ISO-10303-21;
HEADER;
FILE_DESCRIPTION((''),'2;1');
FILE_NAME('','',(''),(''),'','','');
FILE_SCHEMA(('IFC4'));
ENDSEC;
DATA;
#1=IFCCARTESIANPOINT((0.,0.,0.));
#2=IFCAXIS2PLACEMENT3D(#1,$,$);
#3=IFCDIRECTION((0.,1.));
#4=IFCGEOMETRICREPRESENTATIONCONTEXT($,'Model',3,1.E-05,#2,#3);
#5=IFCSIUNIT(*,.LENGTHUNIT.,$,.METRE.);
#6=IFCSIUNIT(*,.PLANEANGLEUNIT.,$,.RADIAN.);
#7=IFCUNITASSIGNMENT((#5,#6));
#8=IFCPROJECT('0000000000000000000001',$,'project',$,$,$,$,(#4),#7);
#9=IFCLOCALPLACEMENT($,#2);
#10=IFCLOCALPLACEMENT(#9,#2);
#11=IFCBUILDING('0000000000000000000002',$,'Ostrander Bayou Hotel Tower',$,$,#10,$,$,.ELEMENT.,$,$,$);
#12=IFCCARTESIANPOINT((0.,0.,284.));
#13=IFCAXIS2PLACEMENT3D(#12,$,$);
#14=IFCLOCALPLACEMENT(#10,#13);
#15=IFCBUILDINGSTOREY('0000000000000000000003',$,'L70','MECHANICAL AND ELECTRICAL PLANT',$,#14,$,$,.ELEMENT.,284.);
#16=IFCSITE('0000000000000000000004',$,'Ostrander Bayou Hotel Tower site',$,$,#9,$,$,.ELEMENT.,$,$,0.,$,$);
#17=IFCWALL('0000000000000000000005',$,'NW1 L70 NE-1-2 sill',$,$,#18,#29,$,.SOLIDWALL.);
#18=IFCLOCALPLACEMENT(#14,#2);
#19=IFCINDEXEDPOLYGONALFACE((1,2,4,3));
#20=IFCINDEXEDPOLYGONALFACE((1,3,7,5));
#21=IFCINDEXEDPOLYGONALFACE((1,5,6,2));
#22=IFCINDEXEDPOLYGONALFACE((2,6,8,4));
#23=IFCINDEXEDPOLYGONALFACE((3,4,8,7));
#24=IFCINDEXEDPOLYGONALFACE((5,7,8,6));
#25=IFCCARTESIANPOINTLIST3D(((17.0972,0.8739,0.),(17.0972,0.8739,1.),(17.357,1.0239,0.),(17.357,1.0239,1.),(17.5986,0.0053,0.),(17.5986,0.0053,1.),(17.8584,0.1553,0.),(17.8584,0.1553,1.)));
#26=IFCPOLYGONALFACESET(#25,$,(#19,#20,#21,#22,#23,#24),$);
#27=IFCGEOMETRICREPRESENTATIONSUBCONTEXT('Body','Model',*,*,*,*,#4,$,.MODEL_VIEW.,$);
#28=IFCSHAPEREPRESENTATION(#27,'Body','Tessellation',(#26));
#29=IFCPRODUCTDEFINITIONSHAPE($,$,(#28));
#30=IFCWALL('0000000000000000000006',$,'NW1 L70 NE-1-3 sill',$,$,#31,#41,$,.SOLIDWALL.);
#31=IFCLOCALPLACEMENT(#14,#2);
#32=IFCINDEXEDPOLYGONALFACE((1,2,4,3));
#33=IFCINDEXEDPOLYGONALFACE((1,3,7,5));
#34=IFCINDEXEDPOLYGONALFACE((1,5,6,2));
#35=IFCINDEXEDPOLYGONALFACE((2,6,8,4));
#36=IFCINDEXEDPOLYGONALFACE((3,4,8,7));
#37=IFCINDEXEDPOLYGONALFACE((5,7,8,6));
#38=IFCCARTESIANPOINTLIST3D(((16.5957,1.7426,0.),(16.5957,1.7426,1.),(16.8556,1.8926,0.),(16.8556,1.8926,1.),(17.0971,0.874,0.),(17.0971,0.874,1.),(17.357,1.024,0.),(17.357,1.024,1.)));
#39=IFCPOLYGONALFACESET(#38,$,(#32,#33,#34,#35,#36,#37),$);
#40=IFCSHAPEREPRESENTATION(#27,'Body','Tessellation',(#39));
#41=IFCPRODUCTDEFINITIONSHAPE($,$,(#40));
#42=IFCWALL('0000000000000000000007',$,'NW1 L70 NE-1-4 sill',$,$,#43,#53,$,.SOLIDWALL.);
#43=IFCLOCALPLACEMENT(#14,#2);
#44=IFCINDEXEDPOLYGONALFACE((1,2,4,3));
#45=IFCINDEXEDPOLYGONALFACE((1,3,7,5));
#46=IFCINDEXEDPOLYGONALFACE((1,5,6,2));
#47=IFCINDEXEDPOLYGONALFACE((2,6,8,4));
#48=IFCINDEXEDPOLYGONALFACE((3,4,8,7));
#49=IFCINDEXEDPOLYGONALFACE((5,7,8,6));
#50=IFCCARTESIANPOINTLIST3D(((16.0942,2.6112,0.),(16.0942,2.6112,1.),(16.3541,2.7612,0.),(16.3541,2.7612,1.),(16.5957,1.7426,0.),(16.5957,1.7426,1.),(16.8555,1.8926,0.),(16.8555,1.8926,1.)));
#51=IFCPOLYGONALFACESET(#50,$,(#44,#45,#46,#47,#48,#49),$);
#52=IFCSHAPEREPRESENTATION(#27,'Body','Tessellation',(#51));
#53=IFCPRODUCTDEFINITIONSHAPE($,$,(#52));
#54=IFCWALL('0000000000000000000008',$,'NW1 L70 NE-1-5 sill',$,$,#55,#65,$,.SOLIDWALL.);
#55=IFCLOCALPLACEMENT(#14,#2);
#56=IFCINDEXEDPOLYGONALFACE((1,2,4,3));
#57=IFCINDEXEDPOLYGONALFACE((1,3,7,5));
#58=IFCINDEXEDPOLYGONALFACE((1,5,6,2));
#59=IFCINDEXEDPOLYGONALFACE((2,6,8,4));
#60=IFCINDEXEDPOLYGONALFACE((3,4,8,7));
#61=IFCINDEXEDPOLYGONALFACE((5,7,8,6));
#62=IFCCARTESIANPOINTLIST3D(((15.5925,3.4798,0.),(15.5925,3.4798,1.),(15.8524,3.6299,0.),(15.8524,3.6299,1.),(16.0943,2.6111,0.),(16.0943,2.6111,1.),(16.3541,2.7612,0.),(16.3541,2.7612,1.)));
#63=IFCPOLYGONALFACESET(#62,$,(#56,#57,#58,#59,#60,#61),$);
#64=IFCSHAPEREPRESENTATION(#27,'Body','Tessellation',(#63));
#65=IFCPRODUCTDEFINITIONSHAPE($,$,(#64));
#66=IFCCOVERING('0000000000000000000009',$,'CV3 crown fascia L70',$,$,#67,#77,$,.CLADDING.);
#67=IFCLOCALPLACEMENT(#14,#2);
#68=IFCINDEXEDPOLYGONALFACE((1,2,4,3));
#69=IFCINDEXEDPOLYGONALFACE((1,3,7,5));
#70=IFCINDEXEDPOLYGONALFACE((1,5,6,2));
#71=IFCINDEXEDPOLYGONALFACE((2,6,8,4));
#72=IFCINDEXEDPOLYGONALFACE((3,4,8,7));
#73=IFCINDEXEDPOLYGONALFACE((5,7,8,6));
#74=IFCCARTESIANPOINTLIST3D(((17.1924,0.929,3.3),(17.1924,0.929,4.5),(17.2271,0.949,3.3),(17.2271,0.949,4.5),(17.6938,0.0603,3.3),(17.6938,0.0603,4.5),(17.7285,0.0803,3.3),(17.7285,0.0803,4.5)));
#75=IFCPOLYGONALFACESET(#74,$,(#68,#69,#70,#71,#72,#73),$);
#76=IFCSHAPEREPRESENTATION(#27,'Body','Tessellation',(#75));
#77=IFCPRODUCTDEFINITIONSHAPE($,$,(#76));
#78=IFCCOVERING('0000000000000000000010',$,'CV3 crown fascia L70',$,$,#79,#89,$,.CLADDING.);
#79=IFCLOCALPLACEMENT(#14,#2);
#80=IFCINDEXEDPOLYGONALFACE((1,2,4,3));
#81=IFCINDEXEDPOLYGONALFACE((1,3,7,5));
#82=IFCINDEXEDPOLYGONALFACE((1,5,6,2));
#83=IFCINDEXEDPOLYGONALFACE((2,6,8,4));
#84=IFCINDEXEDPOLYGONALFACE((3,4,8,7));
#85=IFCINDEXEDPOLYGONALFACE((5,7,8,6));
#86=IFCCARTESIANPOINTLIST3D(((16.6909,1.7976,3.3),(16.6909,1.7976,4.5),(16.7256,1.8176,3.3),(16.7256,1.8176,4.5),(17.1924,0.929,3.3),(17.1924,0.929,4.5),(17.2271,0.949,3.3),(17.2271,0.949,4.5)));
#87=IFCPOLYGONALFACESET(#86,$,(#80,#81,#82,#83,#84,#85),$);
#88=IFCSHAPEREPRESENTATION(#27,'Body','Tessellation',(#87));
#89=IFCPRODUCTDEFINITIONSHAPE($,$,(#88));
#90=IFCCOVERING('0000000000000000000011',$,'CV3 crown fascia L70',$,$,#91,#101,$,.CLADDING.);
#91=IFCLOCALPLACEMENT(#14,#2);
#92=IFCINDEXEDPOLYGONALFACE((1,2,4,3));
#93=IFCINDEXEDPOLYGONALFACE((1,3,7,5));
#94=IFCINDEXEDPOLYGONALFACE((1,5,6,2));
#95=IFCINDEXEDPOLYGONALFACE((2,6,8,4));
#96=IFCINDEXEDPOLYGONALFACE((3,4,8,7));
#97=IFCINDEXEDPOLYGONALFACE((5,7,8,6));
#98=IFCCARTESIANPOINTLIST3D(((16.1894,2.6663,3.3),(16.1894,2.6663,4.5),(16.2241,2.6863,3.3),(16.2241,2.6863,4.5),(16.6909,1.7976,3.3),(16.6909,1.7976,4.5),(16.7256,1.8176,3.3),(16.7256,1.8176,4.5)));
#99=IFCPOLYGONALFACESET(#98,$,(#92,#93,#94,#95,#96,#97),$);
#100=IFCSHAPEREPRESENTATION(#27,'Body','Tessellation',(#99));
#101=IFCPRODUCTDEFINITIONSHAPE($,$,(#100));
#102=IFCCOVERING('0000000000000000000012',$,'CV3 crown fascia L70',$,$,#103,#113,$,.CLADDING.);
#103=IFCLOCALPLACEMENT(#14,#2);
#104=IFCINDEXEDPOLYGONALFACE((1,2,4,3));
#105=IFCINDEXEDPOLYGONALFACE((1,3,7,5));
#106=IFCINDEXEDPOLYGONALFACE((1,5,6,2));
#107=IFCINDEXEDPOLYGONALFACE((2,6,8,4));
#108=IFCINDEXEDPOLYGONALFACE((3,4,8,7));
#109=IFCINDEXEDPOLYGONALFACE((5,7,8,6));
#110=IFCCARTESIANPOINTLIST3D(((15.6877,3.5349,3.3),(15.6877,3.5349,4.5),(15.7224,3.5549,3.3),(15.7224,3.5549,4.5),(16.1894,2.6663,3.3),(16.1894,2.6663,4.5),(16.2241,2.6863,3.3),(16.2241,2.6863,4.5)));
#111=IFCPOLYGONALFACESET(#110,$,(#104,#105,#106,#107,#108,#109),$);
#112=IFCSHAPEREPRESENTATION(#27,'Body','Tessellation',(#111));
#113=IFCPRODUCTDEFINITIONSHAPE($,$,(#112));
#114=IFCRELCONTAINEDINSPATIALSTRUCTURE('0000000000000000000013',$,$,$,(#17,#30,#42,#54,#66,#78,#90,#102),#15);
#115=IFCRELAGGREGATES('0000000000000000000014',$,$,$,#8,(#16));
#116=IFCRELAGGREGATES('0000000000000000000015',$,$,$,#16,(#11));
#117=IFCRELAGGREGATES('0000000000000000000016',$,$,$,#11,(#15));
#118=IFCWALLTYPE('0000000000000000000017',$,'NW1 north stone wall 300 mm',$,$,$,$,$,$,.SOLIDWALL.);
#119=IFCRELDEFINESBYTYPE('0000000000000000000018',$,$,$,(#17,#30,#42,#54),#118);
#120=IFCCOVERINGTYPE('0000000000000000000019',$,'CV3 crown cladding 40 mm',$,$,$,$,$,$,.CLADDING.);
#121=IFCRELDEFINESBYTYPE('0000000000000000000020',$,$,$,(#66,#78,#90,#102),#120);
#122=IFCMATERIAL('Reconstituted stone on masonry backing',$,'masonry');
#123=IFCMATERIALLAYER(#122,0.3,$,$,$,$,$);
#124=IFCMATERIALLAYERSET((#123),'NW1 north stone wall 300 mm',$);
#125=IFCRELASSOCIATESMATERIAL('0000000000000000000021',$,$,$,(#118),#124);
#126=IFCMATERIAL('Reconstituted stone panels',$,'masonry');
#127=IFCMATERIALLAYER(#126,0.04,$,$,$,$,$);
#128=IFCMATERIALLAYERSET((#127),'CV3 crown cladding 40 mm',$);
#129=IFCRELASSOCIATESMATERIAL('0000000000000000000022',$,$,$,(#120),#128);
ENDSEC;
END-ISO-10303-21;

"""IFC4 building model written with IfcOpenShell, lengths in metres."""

from ifc_helpers import new_model, si_unit, direction, frame, frame_2d, origin, place, context, subcontext, project, spatial, polyline, rectangle, outline, extrude, material, layer, layer_set, type_object, element, save


model = new_model("IFC4")

# Units and contexts
model_context = context("Model", 3, precision=1e-05, world=origin(), true_north=direction((0.0, 1.0)))
body_context = subcontext(model_context, "Body", "Model", "MODEL_VIEW")
ifc_project = project(units=[si_unit("LENGTHUNIT", "METRE"), si_unit("PLANEANGLEUNIT", "RADIAN")], contexts=[model_context])

# Site, building, storey
site_placement = place(None, origin())
site = spatial("IfcSite", under=ifc_project, at=site_placement, Name="Ostrander Bayou Hotel Tower site", CompositionType="ELEMENT", RefElevation=0.0)
building_placement = place(site_placement, origin())
building = spatial("IfcBuilding", under=site, at=building_placement, Name="Ostrander Bayou Hotel Tower", CompositionType="ELEMENT")
storey_placement = place(building_placement, frame((0.0, 0.0, 284.0)))
storey = spatial("IfcBuildingStorey", under=building, at=storey_placement, Name="L70", Description="MECHANICAL AND ELECTRICAL PLANT", CompositionType="ELEMENT", Elevation=284.0)

# Walls
ifc_material_1 = material(Name="Reconstituted stone on masonry backing", Category="masonry")
ifc_layer_1 = layer(ifc_material_1, 0.3)
ifc_layer_set_1 = layer_set([ifc_layer_1], Name="NW1 north stone wall 300 mm")
wall_type = type_object("IfcWallType", Name="NW1 north stone wall 300 mm", PredefinedType="SOLIDWALL", material=ifc_layer_set_1)
for number, where, z_axis, x_axis, name in (
    (1, (17.7285, 0.0803, 0.0), (0.0, 0.0, 1.0), (-0.499961, 0.866048, 0.0), "NW1 L70 NE-1-2 sill"),
    (2, (17.2271, 0.949, 0.0), (0.0, 0.0, 1.0), (-0.499961, 0.866048, 0.0), "NW1 L70 NE-1-3 sill"),
    (3, (16.7256, 1.8176, 0.0), (0.0, 0.0, 1.0), (-0.499961, 0.866048, 0.0), "NW1 L70 NE-1-4 sill"),
):
    element("IfcWall", number, at=place(storey_placement, frame(where, z_axis=z_axis, x_axis=x_axis)), inside=storey, type_object=wall_type, Name=name, PredefinedType="SOLIDWALL", context=body_context, shape_type="SweptSolid", body=[
        extrude(rectangle(XDim=1.0029, YDim=0.3, at=frame_2d((0.5015, 0.0))), origin(), (0.0, 0.0, 1.0), 1.0),
    ])
wall_placement = place(storey_placement, frame((16.2241, 2.6863, 0.0), z_axis=(0.0, 0.0, 1.0), x_axis=(-0.500144, 0.865942, 0.0)))
element("IfcWall", 4, at=wall_placement, inside=storey, type_object=wall_type, Name="NW1 L70 NE-1-5 sill", PredefinedType="SOLIDWALL", context=body_context, shape_type="SweptSolid", body=[
    extrude(rectangle(XDim=1.0032, YDim=0.3, at=frame_2d((0.5015, 0.0))), origin(), (0.0, 0.0, 1.0), 1.0),
])

# Coverings
ifc_material_2 = material(Name="Reconstituted stone panels", Category="masonry")
ifc_layer_2 = layer(ifc_material_2, 0.04)
ifc_layer_set_2 = layer_set([ifc_layer_2], Name="CV3 crown cladding 40 mm")
covering_type = type_object("IfcCoveringType", Name="CV3 crown cladding 40 mm", PredefinedType="CLADDING", material=ifc_layer_set_2)
for number, where, z_axis, x_axis, name in (
    (5, (17.7285, 0.0803, 3.3), (0.866048, 0.499961, 0.0), (-0.499961, 0.866048, 0.0), "CV3 crown fascia L70"),
    (6, (17.2271, 0.949, 3.3), (0.866048, 0.499961, 0.0), (-0.499961, 0.866048, 0.0), "CV3 crown fascia L70"),
    (7, (16.7256, 1.8176, 3.3), (0.866048, 0.499961, 0.0), (-0.499961, 0.866048, 0.0), "CV3 crown fascia L70"),
):
    element("IfcCovering", number, at=place(storey_placement, frame(where, z_axis=z_axis, x_axis=x_axis)), inside=storey, type_object=covering_type, Name=name, PredefinedType="CLADDING", context=body_context, shape_type="SweptSolid", body=[
        extrude(outline(polyline([(0.0, 0.0), (1.003, 0.0), (1.003, 1.2), (0.0, 1.2), (0.0, 0.0)])), origin(), (0.0, 0.0, -1.0), 0.04),
    ])
covering_placement = place(storey_placement, frame((16.2241, 2.6863, 3.3), z_axis=(0.865942, 0.500144, 0.0), x_axis=(-0.500144, 0.865942, 0.0)))
element("IfcCovering", 8, at=covering_placement, inside=storey, type_object=covering_type, Name="CV3 crown fascia L70", PredefinedType="CLADDING", context=body_context, shape_type="SweptSolid", body=[
    extrude(outline(polyline([(0.0, 0.0), (1.0031, 0.0), (1.0031, 1.2), (0.0, 1.2), (0.0, 0.0)])), origin(), (0.0, 0.0, -1.0), 0.04),
])

save(model, "model.ifc")
